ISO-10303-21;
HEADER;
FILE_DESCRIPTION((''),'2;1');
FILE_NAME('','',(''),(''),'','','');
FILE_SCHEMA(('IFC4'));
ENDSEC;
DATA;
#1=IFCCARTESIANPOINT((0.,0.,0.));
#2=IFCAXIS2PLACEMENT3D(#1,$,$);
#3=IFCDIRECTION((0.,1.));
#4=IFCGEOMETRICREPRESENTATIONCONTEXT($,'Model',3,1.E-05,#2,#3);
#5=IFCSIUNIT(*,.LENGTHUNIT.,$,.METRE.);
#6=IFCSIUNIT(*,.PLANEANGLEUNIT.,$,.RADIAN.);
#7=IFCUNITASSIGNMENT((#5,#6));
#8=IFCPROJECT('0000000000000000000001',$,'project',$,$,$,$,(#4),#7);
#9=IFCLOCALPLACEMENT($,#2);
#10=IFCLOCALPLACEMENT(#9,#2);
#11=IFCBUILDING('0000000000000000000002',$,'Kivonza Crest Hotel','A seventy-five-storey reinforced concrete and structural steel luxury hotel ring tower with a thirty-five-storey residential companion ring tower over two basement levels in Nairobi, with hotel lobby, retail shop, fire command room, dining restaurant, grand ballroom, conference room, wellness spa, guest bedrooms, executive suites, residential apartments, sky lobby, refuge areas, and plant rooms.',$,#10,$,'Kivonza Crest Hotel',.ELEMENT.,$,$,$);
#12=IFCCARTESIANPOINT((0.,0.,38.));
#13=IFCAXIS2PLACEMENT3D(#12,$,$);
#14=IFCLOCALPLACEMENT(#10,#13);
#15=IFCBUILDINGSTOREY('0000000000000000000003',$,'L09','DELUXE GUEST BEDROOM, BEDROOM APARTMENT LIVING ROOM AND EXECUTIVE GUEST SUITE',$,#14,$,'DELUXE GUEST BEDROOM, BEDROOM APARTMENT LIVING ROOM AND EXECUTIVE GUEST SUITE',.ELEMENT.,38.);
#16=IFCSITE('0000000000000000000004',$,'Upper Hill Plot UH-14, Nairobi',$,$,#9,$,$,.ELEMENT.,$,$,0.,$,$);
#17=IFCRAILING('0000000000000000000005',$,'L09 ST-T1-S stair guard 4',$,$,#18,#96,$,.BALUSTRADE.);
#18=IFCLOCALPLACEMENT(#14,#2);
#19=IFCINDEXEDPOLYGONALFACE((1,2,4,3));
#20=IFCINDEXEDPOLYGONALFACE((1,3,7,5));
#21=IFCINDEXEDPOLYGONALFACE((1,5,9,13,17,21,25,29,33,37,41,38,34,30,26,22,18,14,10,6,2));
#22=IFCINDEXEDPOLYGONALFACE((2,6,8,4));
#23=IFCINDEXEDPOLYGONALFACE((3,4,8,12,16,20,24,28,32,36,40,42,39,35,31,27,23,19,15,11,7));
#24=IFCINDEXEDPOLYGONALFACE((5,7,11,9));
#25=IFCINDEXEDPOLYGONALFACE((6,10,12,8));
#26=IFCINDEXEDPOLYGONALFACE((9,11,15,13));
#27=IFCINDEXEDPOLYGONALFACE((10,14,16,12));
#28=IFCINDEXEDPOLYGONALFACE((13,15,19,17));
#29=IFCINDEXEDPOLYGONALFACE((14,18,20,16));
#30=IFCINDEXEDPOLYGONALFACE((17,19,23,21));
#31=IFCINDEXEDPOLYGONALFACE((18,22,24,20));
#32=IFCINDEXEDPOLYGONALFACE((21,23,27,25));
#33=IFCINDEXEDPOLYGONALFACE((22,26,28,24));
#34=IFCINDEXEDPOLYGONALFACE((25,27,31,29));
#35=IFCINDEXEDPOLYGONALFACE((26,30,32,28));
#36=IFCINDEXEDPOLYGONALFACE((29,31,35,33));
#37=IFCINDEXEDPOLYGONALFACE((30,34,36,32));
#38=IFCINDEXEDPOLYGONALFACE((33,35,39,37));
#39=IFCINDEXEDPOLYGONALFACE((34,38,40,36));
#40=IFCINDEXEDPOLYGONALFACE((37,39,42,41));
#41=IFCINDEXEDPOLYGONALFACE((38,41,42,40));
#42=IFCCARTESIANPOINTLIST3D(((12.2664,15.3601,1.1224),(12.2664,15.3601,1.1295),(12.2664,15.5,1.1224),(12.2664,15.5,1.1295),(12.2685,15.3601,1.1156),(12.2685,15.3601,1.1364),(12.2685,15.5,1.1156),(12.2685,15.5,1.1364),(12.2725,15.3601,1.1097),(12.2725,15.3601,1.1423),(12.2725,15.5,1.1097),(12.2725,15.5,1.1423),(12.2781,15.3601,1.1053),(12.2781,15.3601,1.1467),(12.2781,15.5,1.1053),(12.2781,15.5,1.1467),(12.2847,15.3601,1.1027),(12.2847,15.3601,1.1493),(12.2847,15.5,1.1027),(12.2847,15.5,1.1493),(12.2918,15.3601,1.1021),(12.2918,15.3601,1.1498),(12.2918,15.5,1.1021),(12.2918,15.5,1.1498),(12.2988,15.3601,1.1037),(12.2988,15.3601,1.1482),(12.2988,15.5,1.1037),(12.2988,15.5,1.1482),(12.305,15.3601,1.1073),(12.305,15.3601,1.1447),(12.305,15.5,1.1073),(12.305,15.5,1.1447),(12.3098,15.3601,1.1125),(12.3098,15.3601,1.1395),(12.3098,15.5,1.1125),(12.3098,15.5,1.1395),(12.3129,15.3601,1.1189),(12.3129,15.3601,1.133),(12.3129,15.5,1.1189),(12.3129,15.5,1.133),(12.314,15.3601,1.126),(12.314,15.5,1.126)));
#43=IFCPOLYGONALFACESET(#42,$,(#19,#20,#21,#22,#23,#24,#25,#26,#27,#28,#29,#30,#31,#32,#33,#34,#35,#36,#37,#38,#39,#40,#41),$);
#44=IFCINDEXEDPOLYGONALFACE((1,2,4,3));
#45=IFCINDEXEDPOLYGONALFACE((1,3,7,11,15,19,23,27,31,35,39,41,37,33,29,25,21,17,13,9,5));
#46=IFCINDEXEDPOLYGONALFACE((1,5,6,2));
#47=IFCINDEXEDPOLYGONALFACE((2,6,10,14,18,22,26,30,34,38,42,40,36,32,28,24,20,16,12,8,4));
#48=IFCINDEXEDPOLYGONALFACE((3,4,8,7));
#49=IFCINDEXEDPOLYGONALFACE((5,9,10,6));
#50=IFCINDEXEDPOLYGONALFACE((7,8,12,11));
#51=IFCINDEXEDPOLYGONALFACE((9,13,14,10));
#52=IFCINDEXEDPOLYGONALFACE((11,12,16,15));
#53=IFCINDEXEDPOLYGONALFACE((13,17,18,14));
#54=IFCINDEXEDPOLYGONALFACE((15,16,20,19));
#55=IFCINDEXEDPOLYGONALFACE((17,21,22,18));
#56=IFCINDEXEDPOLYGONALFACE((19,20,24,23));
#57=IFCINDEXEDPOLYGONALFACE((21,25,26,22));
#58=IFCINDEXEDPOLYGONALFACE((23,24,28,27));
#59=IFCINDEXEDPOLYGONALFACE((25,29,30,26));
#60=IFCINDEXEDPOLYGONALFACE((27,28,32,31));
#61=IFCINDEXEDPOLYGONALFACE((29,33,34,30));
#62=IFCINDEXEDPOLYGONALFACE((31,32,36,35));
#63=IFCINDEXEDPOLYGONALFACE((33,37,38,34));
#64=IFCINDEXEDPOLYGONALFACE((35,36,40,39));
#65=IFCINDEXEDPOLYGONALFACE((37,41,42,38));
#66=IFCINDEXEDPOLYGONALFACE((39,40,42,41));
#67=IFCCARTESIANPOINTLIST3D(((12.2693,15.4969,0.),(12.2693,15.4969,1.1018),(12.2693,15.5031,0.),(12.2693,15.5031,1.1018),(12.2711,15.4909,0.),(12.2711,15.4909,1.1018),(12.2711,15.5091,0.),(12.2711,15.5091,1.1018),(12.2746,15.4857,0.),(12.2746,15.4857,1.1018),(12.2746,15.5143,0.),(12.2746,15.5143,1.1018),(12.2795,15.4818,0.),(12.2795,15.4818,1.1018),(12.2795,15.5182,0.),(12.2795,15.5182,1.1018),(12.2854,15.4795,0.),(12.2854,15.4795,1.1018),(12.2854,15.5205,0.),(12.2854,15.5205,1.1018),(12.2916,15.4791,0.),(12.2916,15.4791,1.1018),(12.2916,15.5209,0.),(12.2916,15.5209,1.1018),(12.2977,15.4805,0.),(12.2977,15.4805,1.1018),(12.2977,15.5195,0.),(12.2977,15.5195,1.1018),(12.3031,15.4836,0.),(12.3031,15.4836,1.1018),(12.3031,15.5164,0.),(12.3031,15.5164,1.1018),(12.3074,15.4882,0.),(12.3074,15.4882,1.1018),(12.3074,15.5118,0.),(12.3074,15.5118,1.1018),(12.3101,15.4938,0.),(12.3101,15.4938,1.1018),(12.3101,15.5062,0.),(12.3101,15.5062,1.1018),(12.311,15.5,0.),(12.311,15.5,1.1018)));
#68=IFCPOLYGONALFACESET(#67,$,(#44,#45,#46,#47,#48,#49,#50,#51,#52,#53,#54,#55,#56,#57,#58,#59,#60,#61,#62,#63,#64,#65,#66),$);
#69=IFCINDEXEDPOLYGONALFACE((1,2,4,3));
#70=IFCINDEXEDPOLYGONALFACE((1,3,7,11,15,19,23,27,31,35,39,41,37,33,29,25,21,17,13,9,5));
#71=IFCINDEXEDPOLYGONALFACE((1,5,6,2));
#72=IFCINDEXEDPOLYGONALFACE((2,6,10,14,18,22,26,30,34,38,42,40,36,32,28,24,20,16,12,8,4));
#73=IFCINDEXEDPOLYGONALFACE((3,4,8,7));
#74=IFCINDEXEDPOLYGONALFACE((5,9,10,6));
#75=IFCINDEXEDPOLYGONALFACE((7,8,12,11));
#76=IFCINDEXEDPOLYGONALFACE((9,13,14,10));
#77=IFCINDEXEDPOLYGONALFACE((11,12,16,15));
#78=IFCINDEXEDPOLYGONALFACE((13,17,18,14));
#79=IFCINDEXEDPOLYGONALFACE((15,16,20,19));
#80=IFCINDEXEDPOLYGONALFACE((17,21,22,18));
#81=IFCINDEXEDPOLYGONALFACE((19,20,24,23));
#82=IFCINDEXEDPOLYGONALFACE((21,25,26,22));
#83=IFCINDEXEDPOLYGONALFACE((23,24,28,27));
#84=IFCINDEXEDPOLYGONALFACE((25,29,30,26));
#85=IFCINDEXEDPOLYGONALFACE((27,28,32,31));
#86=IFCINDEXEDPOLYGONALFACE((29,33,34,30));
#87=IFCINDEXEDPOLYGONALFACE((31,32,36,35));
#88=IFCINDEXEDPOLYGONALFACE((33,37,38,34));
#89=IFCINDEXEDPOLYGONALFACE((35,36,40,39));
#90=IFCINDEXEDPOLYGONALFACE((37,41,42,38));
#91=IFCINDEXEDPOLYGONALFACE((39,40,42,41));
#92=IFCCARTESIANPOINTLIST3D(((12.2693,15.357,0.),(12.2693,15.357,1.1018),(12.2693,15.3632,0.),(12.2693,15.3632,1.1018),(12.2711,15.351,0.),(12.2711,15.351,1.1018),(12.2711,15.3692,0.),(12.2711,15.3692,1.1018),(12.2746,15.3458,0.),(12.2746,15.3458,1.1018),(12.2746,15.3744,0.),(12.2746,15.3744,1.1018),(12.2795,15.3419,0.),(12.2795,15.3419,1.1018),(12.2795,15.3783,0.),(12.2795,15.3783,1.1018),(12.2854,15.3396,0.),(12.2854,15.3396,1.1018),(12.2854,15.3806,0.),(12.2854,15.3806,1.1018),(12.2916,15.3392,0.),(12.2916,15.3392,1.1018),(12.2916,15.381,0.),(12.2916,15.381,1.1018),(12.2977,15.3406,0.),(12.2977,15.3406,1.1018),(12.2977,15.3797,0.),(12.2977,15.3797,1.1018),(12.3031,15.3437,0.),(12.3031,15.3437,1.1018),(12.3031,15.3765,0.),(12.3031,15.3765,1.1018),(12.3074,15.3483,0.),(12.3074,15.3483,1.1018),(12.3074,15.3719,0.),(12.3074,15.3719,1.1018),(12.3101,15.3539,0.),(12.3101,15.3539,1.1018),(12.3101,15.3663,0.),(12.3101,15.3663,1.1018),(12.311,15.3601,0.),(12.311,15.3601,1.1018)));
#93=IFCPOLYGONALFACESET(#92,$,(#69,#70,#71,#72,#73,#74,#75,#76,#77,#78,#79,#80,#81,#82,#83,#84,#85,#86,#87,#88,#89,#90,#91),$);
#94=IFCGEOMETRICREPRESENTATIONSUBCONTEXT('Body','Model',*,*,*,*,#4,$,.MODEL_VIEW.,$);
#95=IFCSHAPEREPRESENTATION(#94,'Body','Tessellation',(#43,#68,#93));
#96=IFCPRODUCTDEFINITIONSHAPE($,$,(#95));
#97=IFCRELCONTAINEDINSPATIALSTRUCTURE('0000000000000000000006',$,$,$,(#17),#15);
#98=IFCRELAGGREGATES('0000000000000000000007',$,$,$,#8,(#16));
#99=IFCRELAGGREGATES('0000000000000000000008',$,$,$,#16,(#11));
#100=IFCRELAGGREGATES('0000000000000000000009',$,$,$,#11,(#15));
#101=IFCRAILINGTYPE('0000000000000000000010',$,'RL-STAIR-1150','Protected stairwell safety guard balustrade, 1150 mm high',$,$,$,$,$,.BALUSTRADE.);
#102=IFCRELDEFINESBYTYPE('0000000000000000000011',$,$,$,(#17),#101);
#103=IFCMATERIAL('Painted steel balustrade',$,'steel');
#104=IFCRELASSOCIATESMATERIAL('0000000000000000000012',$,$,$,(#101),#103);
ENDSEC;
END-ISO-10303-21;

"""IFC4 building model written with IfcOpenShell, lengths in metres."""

from ifc_helpers import new_model, si_unit, direction, frame, origin, origin_2d, place, context, subcontext, project, spatial, circle, extrude, material, type_object, element, save


model = new_model("IFC4")

# Units and contexts
model_context = context("Model", 3, precision=1e-05, world=origin(), true_north=direction((0.0, 1.0)))
body_context = subcontext(model_context, "Body", "Model", "MODEL_VIEW")
ifc_project = project(units=[si_unit("LENGTHUNIT", "METRE"), si_unit("PLANEANGLEUNIT", "RADIAN")], contexts=[model_context])

# Site, building, storey
site_placement = place(None, origin())
site = spatial("IfcSite", under=ifc_project, at=site_placement, Name="Upper Hill Plot UH-14, Nairobi", CompositionType="ELEMENT", RefElevation=0.0)
building_placement = place(site_placement, origin())
building = spatial("IfcBuilding", under=site, at=building_placement, Name="Kivonza Crest Hotel", Description="A seventy-five-storey reinforced concrete and structural steel luxury hotel ring tower with a thirty-five-storey residential companion ring tower over two basement levels in Nairobi, with hotel lobby, retail shop, fire command room, dining restaurant, grand ballroom, conference room, wellness spa, guest bedrooms, executive suites, residential apartments, sky lobby, refuge areas, and plant rooms.", LongName="Kivonza Crest Hotel", CompositionType="ELEMENT")
storey_placement = place(building_placement, frame((0.0, 0.0, 38.0)))
storey = spatial("IfcBuildingStorey", under=building, at=storey_placement, Name="L09", Description="DELUXE GUEST BEDROOM, BEDROOM APARTMENT LIVING ROOM AND EXECUTIVE GUEST SUITE", LongName="DELUXE GUEST BEDROOM, BEDROOM APARTMENT LIVING ROOM AND EXECUTIVE GUEST SUITE", CompositionType="ELEMENT", Elevation=38.0)

# Railing
ifc_material_1 = material(Name="Painted steel balustrade", Category="steel")
railing_type_1 = type_object("IfcRailingType", Name="RL-STAIR-1150", Description="Protected stairwell safety guard balustrade, 1150 mm high", PredefinedType="BALUSTRADE", material=ifc_material_1)
railing_1_placement = place(storey_placement, frame((12.29, 15.5, 0.0)))
element("IfcRailing", 1, at=railing_1_placement, inside=storey, type_object=railing_type_1, Name="L09 ST-T1-S stair guard 4", PredefinedType="BALUSTRADE", context=body_context, shape_type="SweptSolid", body=[
    extrude(circle(Radius=0.0239, at=origin_2d()), frame((0.0, 0.0, 1.126), z_axis=(0.0, -1.0, 0.0), x_axis=(1.0, 0.0, 0.0)), (0.0, 0.0, 1.0), 0.1399),
    extrude(circle(Radius=0.021, at=origin_2d()), origin(), (0.0, 0.0, 1.0), 1.1018),
    extrude(circle(Radius=0.021, at=origin_2d()), frame((0.0, -0.1399, 0.0)), (0.0, 0.0, 1.0), 1.1018),
])

save(model, "model.ifc")
